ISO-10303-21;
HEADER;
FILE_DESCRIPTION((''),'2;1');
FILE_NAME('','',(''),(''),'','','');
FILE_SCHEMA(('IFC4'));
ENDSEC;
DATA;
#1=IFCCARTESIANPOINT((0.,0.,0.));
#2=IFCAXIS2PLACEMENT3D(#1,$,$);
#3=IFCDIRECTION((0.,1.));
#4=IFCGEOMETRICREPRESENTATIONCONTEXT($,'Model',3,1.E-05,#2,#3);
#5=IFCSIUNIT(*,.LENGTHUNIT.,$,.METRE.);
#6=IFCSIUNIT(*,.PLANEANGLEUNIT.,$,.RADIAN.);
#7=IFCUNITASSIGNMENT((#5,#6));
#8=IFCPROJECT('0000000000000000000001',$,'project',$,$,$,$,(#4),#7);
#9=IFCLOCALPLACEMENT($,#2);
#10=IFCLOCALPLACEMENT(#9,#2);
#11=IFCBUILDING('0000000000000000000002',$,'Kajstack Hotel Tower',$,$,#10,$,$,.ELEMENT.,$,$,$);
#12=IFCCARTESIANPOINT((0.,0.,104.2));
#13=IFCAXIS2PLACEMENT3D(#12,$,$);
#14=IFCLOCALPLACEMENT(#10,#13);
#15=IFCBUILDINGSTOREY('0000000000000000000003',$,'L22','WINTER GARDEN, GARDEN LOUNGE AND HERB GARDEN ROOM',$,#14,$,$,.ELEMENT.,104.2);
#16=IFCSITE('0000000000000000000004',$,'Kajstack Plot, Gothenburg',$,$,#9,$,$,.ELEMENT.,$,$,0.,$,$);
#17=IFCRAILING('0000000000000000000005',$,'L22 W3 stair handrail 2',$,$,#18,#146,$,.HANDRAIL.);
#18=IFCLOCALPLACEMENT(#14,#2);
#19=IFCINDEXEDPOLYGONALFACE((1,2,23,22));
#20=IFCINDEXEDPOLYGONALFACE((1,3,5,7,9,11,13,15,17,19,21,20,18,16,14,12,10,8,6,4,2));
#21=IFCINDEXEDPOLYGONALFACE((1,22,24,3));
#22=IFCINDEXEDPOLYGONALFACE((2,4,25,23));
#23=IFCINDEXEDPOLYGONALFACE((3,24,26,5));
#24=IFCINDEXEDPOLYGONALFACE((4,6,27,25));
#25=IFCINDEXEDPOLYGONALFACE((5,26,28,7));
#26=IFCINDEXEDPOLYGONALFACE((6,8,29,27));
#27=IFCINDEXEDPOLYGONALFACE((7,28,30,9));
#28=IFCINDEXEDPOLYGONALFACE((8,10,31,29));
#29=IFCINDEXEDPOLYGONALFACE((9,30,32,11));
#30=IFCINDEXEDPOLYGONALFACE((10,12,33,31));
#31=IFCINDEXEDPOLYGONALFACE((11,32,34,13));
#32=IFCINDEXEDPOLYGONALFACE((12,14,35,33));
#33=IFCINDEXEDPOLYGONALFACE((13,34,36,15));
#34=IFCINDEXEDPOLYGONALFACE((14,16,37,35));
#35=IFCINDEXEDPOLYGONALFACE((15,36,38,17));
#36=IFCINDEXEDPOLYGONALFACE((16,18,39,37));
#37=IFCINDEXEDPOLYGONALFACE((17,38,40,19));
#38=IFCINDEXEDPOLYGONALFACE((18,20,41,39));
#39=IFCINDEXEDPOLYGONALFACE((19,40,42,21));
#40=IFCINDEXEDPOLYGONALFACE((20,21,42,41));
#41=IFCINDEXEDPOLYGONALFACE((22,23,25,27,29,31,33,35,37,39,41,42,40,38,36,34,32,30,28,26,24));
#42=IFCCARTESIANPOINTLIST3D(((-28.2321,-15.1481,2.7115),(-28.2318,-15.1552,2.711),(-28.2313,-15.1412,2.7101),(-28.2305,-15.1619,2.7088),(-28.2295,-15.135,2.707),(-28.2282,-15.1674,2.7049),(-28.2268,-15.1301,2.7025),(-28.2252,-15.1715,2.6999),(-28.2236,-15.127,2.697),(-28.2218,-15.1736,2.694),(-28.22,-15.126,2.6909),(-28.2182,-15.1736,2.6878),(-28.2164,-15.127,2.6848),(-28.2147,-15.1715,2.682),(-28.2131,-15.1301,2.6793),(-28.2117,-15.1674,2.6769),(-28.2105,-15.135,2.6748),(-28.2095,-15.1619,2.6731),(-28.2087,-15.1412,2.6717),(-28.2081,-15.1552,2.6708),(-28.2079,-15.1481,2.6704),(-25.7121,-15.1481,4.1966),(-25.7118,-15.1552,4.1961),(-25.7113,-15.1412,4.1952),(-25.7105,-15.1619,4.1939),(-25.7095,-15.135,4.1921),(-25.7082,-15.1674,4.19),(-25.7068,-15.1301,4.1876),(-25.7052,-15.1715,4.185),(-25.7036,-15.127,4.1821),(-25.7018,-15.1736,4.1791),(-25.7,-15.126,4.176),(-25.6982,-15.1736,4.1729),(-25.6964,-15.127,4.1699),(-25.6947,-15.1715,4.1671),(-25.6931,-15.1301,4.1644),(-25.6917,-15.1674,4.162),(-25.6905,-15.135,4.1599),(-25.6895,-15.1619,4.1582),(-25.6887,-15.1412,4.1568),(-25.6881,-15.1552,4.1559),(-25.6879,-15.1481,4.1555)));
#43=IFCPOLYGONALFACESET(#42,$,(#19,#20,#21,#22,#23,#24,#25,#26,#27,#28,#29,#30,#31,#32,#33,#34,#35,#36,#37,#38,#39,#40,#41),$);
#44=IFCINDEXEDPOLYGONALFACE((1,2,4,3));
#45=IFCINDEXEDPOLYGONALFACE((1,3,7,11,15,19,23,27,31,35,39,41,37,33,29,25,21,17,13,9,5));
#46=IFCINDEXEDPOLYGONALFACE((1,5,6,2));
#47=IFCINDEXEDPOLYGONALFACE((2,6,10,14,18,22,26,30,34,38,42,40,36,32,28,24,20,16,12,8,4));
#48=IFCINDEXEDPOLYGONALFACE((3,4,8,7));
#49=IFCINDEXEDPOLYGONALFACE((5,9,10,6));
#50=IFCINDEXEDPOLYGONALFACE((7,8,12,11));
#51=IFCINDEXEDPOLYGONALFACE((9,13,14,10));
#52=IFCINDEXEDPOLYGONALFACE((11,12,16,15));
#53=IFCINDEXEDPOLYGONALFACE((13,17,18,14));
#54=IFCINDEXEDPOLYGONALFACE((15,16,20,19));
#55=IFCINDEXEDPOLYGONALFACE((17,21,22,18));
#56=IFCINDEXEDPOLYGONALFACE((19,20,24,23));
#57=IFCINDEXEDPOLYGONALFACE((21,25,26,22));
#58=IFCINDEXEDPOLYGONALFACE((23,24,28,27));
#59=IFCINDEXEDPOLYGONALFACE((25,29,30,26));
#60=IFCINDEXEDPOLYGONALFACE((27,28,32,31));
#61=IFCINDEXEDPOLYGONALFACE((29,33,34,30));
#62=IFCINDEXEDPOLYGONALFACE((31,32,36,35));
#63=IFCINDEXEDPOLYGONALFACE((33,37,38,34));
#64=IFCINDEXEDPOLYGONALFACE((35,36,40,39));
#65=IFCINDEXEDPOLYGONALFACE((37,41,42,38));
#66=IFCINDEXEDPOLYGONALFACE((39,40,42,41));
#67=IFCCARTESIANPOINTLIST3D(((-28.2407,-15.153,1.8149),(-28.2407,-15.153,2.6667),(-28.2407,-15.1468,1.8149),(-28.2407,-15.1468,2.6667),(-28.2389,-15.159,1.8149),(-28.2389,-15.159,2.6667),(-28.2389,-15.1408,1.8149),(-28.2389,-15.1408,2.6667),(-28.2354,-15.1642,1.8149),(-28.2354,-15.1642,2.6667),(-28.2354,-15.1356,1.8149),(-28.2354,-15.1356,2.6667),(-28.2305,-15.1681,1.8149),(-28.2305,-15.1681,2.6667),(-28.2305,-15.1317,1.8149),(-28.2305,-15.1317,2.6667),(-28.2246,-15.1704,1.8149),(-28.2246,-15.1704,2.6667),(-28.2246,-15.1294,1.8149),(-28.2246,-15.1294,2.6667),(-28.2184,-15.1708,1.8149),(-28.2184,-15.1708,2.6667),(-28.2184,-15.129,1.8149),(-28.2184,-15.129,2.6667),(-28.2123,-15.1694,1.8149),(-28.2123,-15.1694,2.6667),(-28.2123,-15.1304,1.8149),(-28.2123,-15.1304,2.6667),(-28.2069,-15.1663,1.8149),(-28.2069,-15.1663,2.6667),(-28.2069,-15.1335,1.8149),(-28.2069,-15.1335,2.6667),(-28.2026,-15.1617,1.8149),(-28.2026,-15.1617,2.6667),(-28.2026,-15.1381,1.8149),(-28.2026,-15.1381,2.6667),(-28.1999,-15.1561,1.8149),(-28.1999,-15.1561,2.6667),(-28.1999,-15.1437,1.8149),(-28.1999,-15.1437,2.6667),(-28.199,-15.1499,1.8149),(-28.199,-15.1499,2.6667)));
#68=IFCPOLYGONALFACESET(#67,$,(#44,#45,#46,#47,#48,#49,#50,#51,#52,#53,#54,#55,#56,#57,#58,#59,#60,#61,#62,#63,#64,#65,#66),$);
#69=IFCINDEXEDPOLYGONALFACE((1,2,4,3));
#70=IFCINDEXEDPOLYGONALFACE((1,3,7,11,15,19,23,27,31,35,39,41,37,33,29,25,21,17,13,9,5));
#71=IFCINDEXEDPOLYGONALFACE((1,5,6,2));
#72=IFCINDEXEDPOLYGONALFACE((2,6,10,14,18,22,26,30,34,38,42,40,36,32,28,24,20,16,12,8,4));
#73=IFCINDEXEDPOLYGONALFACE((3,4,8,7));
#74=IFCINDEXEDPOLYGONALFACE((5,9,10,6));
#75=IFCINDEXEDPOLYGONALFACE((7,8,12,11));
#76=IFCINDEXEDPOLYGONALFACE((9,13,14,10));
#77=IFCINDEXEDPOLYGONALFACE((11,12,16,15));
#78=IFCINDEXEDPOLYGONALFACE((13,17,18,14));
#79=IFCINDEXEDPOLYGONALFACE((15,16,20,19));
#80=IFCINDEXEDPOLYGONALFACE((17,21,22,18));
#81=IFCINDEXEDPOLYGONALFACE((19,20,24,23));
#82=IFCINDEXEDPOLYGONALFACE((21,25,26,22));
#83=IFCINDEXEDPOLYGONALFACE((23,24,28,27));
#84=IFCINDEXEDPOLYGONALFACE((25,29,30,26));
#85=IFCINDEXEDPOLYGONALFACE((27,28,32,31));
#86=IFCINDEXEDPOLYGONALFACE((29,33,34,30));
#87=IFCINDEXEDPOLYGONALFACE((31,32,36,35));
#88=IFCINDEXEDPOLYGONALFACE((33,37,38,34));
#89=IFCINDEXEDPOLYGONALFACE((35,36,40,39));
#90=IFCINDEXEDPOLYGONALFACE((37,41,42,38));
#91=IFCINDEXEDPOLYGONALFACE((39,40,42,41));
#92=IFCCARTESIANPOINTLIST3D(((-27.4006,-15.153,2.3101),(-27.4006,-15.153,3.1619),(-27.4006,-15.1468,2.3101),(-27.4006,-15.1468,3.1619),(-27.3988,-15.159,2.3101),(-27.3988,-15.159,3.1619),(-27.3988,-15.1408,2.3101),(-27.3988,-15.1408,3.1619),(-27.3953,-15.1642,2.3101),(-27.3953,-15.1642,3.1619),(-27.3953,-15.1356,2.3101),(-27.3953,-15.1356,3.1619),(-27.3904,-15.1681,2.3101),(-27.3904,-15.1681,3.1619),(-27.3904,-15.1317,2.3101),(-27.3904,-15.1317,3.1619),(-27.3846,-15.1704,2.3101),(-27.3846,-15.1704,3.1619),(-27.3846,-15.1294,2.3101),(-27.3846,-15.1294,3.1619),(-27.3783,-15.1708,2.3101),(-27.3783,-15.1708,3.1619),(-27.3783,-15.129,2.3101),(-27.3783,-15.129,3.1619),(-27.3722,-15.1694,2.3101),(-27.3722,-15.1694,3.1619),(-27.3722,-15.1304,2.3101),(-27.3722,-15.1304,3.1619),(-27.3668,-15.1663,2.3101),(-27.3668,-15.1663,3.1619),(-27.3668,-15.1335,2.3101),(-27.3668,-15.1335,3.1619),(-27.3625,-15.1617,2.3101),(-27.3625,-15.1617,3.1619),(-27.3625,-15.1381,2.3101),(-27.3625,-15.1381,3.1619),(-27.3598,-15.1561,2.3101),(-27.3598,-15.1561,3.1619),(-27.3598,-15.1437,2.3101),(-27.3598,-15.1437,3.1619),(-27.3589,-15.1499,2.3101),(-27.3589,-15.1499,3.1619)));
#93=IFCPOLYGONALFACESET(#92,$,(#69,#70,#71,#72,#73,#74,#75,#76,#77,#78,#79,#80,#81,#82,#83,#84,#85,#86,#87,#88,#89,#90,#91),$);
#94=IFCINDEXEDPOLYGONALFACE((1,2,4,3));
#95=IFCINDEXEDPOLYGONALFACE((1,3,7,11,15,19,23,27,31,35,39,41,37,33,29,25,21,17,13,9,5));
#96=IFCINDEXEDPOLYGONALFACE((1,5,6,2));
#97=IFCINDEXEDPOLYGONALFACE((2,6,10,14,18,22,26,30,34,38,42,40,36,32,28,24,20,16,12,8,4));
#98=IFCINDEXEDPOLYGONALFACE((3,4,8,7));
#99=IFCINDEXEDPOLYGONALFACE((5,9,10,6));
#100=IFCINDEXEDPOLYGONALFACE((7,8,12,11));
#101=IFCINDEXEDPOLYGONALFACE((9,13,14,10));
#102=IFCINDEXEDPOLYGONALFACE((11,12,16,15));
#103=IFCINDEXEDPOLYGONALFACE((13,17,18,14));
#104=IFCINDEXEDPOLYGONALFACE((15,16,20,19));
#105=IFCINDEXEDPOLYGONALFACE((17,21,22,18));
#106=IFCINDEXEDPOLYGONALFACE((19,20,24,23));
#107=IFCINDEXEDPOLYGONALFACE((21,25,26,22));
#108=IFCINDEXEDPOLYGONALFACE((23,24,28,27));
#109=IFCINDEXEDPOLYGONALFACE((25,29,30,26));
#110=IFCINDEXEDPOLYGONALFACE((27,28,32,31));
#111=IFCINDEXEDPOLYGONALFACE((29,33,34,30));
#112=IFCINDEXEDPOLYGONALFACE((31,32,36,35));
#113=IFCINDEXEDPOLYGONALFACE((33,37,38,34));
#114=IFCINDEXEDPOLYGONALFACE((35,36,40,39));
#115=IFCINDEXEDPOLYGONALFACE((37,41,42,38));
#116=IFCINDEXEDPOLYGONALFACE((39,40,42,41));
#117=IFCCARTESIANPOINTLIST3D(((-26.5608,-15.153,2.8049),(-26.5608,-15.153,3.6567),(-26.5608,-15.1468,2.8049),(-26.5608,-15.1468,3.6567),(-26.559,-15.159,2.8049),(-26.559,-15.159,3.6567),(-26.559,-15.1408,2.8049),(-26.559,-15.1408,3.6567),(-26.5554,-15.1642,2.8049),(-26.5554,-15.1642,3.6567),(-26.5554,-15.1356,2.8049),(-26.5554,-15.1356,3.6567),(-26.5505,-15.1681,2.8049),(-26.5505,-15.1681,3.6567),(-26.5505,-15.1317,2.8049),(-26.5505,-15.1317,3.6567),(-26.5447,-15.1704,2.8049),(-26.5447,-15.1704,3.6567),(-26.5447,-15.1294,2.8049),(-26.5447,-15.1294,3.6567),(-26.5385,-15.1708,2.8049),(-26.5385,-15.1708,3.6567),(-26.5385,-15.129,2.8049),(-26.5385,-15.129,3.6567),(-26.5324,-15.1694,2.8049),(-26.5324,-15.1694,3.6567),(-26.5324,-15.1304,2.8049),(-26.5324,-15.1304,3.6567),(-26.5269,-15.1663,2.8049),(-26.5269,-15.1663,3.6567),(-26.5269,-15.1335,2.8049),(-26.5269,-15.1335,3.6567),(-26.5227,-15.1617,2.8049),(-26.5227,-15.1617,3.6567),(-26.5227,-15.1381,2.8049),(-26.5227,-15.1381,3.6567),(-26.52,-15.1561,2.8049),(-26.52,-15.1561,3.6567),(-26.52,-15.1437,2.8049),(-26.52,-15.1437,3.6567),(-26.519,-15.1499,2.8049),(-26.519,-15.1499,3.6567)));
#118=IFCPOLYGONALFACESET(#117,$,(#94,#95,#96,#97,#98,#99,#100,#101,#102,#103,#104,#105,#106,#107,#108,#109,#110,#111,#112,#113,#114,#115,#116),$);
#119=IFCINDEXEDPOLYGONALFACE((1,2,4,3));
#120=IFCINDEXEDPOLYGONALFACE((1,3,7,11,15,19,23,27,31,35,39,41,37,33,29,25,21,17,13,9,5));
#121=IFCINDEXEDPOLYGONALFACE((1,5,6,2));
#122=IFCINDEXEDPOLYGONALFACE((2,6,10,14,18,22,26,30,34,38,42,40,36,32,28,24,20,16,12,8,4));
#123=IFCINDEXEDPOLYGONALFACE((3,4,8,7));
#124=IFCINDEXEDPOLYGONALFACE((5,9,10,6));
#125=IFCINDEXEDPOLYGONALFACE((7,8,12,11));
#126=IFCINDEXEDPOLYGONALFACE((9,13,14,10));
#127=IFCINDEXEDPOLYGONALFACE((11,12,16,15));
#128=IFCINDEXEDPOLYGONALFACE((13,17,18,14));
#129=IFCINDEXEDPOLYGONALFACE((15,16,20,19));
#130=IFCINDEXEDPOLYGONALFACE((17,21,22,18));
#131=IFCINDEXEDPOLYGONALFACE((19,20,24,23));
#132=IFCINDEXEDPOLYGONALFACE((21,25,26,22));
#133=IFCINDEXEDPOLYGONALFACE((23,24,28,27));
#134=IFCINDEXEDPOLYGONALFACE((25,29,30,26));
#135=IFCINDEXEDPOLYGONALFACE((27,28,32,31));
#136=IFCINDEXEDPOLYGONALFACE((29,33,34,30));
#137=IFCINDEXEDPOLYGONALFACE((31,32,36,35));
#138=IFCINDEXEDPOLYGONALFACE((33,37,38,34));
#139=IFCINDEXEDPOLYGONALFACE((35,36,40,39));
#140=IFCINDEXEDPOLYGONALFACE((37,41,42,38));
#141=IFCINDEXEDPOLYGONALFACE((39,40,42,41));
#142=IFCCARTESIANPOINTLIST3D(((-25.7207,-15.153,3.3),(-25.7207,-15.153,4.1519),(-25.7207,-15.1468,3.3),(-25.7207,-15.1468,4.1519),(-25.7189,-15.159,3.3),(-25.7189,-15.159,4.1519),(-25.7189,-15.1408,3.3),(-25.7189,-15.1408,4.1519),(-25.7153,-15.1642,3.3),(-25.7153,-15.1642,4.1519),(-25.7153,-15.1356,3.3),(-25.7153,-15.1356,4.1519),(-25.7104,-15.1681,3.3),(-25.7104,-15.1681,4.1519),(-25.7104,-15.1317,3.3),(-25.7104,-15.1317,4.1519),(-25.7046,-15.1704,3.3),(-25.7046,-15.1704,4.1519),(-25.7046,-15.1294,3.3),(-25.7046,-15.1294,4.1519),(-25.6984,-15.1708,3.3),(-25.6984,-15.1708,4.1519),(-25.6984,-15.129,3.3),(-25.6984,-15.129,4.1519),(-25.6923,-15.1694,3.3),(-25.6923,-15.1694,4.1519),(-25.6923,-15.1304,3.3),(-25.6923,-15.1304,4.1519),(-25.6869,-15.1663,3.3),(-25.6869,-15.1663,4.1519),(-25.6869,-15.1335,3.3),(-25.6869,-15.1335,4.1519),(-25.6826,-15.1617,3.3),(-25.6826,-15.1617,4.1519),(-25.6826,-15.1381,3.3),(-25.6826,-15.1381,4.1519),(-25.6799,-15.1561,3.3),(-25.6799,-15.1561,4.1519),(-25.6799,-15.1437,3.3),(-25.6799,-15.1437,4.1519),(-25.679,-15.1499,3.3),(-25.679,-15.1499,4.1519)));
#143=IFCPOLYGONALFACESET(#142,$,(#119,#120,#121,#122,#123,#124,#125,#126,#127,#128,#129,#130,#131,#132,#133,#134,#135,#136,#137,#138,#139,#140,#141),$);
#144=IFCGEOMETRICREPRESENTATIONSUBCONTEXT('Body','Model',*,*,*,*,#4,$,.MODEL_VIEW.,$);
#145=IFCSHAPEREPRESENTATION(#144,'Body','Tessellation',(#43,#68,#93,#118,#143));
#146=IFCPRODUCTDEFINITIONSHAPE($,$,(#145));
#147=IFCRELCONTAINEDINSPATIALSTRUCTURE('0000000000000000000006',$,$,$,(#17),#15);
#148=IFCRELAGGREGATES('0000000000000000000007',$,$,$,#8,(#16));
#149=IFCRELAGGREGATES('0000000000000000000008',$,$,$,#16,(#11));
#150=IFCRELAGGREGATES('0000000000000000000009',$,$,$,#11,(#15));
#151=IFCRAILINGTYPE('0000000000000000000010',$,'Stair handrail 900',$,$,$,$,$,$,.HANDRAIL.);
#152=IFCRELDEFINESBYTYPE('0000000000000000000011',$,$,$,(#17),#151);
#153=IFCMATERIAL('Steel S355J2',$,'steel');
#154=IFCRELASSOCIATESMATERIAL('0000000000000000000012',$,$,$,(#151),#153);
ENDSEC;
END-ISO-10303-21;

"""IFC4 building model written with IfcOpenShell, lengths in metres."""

from ifc_helpers import new_model, si_unit, direction, frame, origin, origin_2d, place, context, subcontext, project, spatial, circle, extrude, material, type_object, element, save


model = new_model("IFC4")

# Units and contexts
model_context = context("Model", 3, precision=1e-05, world=origin(), true_north=direction((0.0, 1.0)))
body_context = subcontext(model_context, "Body", "Model", "MODEL_VIEW")
ifc_project = project(units=[si_unit("LENGTHUNIT", "METRE"), si_unit("PLANEANGLEUNIT", "RADIAN")], contexts=[model_context])

# Site, building, storey
site_placement = place(None, origin())
site = spatial("IfcSite", under=ifc_project, at=site_placement, Name="Kajstack Plot, Gothenburg", CompositionType="ELEMENT", RefElevation=0.0)
building_placement = place(site_placement, origin())
building = spatial("IfcBuilding", under=site, at=building_placement, Name="Kajstack Hotel Tower", CompositionType="ELEMENT")
storey_placement = place(building_placement, frame((0.0, 0.0, 104.2)))
storey = spatial("IfcBuildingStorey", under=building, at=storey_placement, Name="L22", Description="WINTER GARDEN, GARDEN LOUNGE AND HERB GARDEN ROOM", CompositionType="ELEMENT", Elevation=104.2)

# Railing
ifc_material_1 = material(Name="Steel S355J2", Category="steel")
railing_type_1 = type_object("IfcRailingType", Name="Stair handrail 900", PredefinedType="HANDRAIL", material=ifc_material_1)
for number, where, name in (
    (1, (-28.22, -15.1499, 1.8149), "L22 W3 stair handrail 2"),
):
    element("IfcRailing", number, at=place(storey_placement, frame(where)), inside=storey, type_object=railing_type_1, Name=name, PredefinedType="HANDRAIL", context=body_context, shape_type="SweptSolid", body=[
        extrude(circle(Radius=0.0239, at=origin_2d()), frame((0.0, 0.0, 0.876), z_axis=(0.861524, 0.0, 0.507717), x_axis=(0.0, 1.0, 0.0)), (0.0, 0.0, 1.0), 2.925),
        extrude(circle(Radius=0.021, at=origin_2d()), origin(), (0.0, 0.0, 1.0), 0.8518),
        extrude(circle(Radius=0.021, at=origin_2d()), frame((0.8401, 0.0, 0.4951)), (0.0, 0.0, 1.0), 0.8518),
        extrude(circle(Radius=0.021, at=origin_2d()), frame((1.6799, 0.0, 0.99)), (0.0, 0.0, 1.0), 0.8518),
        extrude(circle(Radius=0.021, at=origin_2d()), frame((2.52, 0.0, 1.4851)), (0.0, 0.0, 1.0), 0.8518),
    ])

save(model, "model.ifc")
